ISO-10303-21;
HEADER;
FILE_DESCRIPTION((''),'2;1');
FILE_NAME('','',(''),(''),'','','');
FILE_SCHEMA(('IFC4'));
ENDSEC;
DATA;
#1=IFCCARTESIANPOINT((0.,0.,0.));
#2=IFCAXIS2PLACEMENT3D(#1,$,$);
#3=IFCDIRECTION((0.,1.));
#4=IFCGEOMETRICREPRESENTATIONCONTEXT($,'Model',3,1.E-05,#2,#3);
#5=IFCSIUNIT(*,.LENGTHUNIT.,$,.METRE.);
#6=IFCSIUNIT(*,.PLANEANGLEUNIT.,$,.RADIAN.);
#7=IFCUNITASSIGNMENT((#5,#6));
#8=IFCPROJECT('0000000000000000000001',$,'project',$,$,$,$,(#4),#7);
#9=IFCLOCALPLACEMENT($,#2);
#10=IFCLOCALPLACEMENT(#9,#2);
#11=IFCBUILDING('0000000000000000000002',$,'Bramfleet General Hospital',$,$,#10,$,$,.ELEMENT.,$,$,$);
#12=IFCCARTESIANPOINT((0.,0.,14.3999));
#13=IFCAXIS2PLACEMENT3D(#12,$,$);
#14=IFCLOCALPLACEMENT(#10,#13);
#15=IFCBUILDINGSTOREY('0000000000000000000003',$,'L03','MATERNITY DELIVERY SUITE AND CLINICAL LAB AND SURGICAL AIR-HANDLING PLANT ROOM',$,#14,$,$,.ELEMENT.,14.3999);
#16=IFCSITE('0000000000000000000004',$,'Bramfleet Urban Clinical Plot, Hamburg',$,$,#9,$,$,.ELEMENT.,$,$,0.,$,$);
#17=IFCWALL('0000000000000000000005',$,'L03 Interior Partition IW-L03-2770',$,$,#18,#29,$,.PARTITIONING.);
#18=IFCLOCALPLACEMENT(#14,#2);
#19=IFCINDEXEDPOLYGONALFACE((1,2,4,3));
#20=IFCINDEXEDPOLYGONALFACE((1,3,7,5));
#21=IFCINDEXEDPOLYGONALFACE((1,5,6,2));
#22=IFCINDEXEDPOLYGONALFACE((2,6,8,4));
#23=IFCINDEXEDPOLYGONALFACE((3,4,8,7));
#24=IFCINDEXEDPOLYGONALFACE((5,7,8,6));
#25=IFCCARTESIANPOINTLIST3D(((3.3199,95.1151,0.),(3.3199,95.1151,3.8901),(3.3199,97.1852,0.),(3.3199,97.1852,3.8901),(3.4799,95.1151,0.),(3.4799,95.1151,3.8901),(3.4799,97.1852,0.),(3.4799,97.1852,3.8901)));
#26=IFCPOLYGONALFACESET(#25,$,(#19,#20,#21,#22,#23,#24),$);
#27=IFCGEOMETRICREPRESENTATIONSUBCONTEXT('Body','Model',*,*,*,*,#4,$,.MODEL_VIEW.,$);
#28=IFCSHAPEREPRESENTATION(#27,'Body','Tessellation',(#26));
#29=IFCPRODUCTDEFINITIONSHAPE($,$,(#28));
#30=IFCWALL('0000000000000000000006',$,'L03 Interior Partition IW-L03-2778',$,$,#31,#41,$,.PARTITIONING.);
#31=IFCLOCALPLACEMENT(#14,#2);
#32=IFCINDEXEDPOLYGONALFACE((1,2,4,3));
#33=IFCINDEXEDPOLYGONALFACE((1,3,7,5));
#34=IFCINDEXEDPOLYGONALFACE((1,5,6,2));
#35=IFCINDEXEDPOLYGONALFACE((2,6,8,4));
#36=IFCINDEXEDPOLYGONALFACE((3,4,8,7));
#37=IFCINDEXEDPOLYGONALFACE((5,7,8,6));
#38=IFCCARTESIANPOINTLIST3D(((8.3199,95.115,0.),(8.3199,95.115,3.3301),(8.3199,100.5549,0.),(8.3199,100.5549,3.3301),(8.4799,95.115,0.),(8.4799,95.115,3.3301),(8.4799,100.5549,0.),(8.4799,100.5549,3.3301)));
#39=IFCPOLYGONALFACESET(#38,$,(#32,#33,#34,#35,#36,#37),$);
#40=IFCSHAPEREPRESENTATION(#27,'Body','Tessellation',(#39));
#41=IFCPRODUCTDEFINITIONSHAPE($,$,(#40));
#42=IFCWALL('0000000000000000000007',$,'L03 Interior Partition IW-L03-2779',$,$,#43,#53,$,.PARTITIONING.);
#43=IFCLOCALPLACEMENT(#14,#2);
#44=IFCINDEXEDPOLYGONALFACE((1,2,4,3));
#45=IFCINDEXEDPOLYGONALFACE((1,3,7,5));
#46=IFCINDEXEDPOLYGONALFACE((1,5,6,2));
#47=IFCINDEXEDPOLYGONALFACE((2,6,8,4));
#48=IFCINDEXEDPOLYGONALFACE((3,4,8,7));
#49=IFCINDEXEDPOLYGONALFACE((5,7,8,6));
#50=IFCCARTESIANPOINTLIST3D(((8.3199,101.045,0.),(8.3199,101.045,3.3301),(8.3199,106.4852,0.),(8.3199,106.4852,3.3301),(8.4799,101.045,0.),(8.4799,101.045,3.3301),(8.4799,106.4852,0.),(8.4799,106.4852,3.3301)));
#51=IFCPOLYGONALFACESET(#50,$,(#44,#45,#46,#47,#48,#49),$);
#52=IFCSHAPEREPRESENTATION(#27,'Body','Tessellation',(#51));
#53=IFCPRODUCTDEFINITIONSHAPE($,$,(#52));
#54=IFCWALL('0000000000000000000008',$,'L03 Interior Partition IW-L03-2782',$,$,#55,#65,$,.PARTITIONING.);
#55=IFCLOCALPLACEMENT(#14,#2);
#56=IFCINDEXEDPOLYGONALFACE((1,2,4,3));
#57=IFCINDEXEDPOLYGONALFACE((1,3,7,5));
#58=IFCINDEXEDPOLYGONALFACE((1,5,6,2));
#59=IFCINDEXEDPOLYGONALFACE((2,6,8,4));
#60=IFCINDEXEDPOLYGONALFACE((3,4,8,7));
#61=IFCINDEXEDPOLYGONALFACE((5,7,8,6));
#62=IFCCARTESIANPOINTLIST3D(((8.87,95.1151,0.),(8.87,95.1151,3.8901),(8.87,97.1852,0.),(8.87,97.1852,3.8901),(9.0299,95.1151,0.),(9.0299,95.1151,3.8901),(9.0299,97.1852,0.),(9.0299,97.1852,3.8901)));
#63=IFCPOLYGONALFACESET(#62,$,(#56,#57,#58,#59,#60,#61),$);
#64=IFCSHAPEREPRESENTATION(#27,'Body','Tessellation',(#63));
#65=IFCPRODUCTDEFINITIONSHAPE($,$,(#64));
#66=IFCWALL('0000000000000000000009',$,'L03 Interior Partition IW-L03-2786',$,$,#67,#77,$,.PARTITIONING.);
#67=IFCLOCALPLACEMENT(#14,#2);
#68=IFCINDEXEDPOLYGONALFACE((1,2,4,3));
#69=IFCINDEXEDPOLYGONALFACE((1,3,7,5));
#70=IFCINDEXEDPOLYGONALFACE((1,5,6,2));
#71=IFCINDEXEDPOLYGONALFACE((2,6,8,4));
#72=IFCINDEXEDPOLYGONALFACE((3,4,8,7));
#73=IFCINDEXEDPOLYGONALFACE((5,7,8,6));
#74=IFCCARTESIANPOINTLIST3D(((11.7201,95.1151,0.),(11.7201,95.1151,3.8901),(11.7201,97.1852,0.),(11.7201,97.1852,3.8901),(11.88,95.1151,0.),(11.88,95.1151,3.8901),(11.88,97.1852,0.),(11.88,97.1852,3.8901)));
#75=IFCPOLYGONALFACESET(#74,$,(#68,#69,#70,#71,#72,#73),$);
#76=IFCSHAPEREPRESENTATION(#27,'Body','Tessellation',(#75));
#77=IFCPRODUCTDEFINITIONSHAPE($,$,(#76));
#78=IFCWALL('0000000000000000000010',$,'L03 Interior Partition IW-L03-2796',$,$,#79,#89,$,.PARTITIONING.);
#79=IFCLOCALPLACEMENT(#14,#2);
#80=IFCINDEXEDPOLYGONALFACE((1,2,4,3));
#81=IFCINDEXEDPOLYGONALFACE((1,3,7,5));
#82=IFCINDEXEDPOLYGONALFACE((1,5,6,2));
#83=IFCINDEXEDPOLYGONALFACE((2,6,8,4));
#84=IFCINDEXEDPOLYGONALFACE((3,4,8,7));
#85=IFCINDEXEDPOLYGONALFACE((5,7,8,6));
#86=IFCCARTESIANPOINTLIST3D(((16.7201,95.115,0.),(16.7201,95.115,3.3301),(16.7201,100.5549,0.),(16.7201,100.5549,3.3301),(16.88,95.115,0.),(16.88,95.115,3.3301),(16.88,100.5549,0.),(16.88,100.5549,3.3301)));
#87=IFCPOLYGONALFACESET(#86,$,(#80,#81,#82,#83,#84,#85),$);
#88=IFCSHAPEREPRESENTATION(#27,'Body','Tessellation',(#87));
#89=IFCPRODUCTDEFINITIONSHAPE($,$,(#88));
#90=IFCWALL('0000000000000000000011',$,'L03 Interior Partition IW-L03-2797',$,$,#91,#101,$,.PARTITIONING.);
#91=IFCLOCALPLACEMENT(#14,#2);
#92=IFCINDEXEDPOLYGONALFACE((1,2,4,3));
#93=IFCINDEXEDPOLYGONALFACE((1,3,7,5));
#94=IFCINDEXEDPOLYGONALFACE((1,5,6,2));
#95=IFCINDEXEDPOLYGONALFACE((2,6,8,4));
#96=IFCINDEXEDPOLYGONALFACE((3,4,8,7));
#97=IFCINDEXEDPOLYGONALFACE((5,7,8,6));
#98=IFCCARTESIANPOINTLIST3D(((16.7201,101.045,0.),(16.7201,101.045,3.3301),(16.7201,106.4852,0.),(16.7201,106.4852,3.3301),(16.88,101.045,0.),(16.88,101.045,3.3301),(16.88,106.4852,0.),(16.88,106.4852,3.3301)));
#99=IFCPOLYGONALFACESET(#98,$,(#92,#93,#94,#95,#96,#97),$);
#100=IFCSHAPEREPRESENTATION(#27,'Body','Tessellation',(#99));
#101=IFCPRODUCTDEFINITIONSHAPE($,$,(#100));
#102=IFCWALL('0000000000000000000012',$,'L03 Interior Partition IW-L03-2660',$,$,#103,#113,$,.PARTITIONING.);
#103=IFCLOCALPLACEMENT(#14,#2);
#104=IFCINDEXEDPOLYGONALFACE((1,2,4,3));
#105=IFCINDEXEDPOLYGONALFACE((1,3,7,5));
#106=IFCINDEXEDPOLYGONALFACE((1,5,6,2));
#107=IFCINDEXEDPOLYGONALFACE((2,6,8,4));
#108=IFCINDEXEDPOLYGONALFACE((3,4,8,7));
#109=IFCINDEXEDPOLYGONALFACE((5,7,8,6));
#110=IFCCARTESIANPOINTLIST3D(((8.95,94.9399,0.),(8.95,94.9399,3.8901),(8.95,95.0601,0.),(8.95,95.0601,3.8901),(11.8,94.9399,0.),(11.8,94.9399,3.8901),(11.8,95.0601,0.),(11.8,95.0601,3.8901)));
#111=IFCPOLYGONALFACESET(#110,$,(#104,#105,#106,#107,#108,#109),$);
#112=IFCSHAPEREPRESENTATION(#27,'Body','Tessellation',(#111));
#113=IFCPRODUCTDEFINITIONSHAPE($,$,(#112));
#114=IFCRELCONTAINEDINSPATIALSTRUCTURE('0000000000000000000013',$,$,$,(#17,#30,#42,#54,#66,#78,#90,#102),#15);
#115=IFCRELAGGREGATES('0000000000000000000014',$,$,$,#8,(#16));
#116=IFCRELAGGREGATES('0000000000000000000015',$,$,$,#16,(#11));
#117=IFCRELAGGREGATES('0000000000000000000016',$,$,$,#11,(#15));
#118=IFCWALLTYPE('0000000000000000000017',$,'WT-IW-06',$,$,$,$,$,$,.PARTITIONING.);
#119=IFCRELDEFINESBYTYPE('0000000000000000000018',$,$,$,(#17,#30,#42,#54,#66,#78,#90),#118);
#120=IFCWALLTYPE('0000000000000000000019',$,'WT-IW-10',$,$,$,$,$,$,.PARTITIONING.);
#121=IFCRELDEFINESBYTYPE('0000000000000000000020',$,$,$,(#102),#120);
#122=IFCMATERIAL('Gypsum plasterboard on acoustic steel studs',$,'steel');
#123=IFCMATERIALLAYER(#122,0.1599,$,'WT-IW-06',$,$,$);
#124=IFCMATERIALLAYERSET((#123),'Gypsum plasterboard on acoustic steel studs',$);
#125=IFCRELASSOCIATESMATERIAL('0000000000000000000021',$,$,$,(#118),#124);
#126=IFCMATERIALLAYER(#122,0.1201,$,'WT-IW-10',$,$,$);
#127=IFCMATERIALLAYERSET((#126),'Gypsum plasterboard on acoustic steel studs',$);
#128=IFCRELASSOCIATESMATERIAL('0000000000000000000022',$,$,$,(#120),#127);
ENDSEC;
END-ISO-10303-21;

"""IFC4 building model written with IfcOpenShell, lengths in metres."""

from ifc_helpers import new_model, si_unit, direction, frame, frame_2d, origin, place, context, subcontext, project, spatial, rectangle, extrude, material, layer, layer_set, type_object, element, save


model = new_model("IFC4")

# Units and contexts
model_context = context("Model", 3, precision=1e-05, world=origin(), true_north=direction((0.0, 1.0)))
body_context = subcontext(model_context, "Body", "Model", "MODEL_VIEW")
ifc_project = project(units=[si_unit("LENGTHUNIT", "METRE"), si_unit("PLANEANGLEUNIT", "RADIAN")], contexts=[model_context])

# Site, building, storey
site_placement = place(None, origin())
site = spatial("IfcSite", under=ifc_project, at=site_placement, Name="Bramfleet Urban Clinical Plot, Hamburg", CompositionType="ELEMENT", RefElevation=0.0)
building_placement = place(site_placement, origin())
building = spatial("IfcBuilding", under=site, at=building_placement, Name="Bramfleet General Hospital", CompositionType="ELEMENT")
storey_placement = place(building_placement, frame((0.0, 0.0, 14.3999)))
storey = spatial("IfcBuildingStorey", under=building, at=storey_placement, Name="L03", Description="MATERNITY DELIVERY SUITE AND CLINICAL LAB AND SURGICAL AIR-HANDLING PLANT ROOM", CompositionType="ELEMENT", Elevation=14.3999)

# Shared definitions
ifc_material_1 = material(Name="Gypsum plasterboard on acoustic steel studs", Category="steel")
ifc_layer_1 = layer(ifc_material_1, 0.1599, Name="WT-IW-06")
ifc_layer_set_1 = layer_set([ifc_layer_1], Name="Gypsum plasterboard on acoustic steel studs")
wall_type_1 = type_object("IfcWallType", Name="WT-IW-06", PredefinedType="PARTITIONING", material=ifc_layer_set_1)

# Walls
wall_1_placement = place(storey_placement, frame((3.3999, 95.115, 0.0), z_axis=(0.0, 0.0, 1.0), x_axis=(0.0, 1.0, 0.0)))
element("IfcWall", 1, at=wall_1_placement, inside=storey, type_object=wall_type_1, Name="L03 Interior Partition IW-L03-2770", PredefinedType="PARTITIONING", context=body_context, shape_type="SweptSolid", body=[
    extrude(rectangle(XDim=2.0701, YDim=0.1599, at=frame_2d((1.0352, 0.0))), origin(), (0.0, 0.0, 1.0), 3.8901),
])
wall_2_placement = place(storey_placement, frame((8.3999, 95.115, 0.0), z_axis=(0.0, 0.0, 1.0), x_axis=(0.0, 1.0, 0.0)))
element("IfcWall", 2, at=wall_2_placement, inside=storey, type_object=wall_type_1, Name="L03 Interior Partition IW-L03-2778", PredefinedType="PARTITIONING", context=body_context, shape_type="SweptSolid", body=[
    extrude(rectangle(XDim=5.4399, YDim=0.1599, at=frame_2d((2.72, 0.0))), origin(), (0.0, 0.0, 1.0), 3.3301),
])
wall_3_placement = place(storey_placement, frame((8.3999, 101.0449, 0.0), z_axis=(0.0, 0.0, 1.0), x_axis=(0.0, 1.0, 0.0)))
element("IfcWall", 3, at=wall_3_placement, inside=storey, type_object=wall_type_1, Name="L03 Interior Partition IW-L03-2779", PredefinedType="PARTITIONING", context=body_context, shape_type="SweptSolid", body=[
    extrude(rectangle(XDim=5.4402, YDim=0.1599, at=frame_2d((2.7202, 0.0))), origin(), (0.0, 0.0, 1.0), 3.3301),
])
for number, where, z_axis, x_axis, name in (
    (4, (8.95, 95.115, 0.0), (0.0, 0.0, 1.0), (0.0, 1.0, 0.0), "L03 Interior Partition IW-L03-2782"),
    (5, (11.8, 95.115, 0.0), (0.0, 0.0, 1.0), (0.0, 1.0, 0.0), "L03 Interior Partition IW-L03-2786"),
):
    element("IfcWall", number, at=place(storey_placement, frame(where, z_axis=z_axis, x_axis=x_axis)), inside=storey, type_object=wall_type_1, Name=name, PredefinedType="PARTITIONING", context=body_context, shape_type="SweptSolid", body=[
        extrude(rectangle(XDim=2.0701, YDim=0.1599, at=frame_2d((1.0352, 0.0))), origin(), (0.0, 0.0, 1.0), 3.8901),
    ])
wall_4_placement = place(storey_placement, frame((16.8, 95.115, 0.0), z_axis=(0.0, 0.0, 1.0), x_axis=(0.0, 1.0, 0.0)))
element("IfcWall", 6, at=wall_4_placement, inside=storey, type_object=wall_type_1, Name="L03 Interior Partition IW-L03-2796", PredefinedType="PARTITIONING", context=body_context, shape_type="SweptSolid", body=[
    extrude(rectangle(XDim=5.4399, YDim=0.1599, at=frame_2d((2.72, 0.0))), origin(), (0.0, 0.0, 1.0), 3.3301),
])
wall_5_placement = place(storey_placement, frame((16.8, 101.0449, 0.0), z_axis=(0.0, 0.0, 1.0), x_axis=(0.0, 1.0, 0.0)))
element("IfcWall", 7, at=wall_5_placement, inside=storey, type_object=wall_type_1, Name="L03 Interior Partition IW-L03-2797", PredefinedType="PARTITIONING", context=body_context, shape_type="SweptSolid", body=[
    extrude(rectangle(XDim=5.4402, YDim=0.1599, at=frame_2d((2.7202, 0.0))), origin(), (0.0, 0.0, 1.0), 3.3301),
])
ifc_layer_2 = layer(ifc_material_1, 0.1201, Name="WT-IW-10")
ifc_layer_set_2 = layer_set([ifc_layer_2], Name="Gypsum plasterboard on acoustic steel studs")
wall_type_2 = type_object("IfcWallType", Name="WT-IW-10", PredefinedType="PARTITIONING", material=ifc_layer_set_2)
wall_6_placement = place(storey_placement, frame((8.95, 95.0, 0.0), z_axis=(0.0, 0.0, 1.0), x_axis=(1.0, 0.0, 0.0)))
element("IfcWall", 8, at=wall_6_placement, inside=storey, type_object=wall_type_2, Name="L03 Interior Partition IW-L03-2660", PredefinedType="PARTITIONING", context=body_context, shape_type="SweptSolid", body=[
    extrude(rectangle(XDim=2.8501, YDim=0.1201, at=frame_2d((1.425, 0.0))), origin(), (0.0, 0.0, 1.0), 3.8901),
])

save(model, "model.ifc")
